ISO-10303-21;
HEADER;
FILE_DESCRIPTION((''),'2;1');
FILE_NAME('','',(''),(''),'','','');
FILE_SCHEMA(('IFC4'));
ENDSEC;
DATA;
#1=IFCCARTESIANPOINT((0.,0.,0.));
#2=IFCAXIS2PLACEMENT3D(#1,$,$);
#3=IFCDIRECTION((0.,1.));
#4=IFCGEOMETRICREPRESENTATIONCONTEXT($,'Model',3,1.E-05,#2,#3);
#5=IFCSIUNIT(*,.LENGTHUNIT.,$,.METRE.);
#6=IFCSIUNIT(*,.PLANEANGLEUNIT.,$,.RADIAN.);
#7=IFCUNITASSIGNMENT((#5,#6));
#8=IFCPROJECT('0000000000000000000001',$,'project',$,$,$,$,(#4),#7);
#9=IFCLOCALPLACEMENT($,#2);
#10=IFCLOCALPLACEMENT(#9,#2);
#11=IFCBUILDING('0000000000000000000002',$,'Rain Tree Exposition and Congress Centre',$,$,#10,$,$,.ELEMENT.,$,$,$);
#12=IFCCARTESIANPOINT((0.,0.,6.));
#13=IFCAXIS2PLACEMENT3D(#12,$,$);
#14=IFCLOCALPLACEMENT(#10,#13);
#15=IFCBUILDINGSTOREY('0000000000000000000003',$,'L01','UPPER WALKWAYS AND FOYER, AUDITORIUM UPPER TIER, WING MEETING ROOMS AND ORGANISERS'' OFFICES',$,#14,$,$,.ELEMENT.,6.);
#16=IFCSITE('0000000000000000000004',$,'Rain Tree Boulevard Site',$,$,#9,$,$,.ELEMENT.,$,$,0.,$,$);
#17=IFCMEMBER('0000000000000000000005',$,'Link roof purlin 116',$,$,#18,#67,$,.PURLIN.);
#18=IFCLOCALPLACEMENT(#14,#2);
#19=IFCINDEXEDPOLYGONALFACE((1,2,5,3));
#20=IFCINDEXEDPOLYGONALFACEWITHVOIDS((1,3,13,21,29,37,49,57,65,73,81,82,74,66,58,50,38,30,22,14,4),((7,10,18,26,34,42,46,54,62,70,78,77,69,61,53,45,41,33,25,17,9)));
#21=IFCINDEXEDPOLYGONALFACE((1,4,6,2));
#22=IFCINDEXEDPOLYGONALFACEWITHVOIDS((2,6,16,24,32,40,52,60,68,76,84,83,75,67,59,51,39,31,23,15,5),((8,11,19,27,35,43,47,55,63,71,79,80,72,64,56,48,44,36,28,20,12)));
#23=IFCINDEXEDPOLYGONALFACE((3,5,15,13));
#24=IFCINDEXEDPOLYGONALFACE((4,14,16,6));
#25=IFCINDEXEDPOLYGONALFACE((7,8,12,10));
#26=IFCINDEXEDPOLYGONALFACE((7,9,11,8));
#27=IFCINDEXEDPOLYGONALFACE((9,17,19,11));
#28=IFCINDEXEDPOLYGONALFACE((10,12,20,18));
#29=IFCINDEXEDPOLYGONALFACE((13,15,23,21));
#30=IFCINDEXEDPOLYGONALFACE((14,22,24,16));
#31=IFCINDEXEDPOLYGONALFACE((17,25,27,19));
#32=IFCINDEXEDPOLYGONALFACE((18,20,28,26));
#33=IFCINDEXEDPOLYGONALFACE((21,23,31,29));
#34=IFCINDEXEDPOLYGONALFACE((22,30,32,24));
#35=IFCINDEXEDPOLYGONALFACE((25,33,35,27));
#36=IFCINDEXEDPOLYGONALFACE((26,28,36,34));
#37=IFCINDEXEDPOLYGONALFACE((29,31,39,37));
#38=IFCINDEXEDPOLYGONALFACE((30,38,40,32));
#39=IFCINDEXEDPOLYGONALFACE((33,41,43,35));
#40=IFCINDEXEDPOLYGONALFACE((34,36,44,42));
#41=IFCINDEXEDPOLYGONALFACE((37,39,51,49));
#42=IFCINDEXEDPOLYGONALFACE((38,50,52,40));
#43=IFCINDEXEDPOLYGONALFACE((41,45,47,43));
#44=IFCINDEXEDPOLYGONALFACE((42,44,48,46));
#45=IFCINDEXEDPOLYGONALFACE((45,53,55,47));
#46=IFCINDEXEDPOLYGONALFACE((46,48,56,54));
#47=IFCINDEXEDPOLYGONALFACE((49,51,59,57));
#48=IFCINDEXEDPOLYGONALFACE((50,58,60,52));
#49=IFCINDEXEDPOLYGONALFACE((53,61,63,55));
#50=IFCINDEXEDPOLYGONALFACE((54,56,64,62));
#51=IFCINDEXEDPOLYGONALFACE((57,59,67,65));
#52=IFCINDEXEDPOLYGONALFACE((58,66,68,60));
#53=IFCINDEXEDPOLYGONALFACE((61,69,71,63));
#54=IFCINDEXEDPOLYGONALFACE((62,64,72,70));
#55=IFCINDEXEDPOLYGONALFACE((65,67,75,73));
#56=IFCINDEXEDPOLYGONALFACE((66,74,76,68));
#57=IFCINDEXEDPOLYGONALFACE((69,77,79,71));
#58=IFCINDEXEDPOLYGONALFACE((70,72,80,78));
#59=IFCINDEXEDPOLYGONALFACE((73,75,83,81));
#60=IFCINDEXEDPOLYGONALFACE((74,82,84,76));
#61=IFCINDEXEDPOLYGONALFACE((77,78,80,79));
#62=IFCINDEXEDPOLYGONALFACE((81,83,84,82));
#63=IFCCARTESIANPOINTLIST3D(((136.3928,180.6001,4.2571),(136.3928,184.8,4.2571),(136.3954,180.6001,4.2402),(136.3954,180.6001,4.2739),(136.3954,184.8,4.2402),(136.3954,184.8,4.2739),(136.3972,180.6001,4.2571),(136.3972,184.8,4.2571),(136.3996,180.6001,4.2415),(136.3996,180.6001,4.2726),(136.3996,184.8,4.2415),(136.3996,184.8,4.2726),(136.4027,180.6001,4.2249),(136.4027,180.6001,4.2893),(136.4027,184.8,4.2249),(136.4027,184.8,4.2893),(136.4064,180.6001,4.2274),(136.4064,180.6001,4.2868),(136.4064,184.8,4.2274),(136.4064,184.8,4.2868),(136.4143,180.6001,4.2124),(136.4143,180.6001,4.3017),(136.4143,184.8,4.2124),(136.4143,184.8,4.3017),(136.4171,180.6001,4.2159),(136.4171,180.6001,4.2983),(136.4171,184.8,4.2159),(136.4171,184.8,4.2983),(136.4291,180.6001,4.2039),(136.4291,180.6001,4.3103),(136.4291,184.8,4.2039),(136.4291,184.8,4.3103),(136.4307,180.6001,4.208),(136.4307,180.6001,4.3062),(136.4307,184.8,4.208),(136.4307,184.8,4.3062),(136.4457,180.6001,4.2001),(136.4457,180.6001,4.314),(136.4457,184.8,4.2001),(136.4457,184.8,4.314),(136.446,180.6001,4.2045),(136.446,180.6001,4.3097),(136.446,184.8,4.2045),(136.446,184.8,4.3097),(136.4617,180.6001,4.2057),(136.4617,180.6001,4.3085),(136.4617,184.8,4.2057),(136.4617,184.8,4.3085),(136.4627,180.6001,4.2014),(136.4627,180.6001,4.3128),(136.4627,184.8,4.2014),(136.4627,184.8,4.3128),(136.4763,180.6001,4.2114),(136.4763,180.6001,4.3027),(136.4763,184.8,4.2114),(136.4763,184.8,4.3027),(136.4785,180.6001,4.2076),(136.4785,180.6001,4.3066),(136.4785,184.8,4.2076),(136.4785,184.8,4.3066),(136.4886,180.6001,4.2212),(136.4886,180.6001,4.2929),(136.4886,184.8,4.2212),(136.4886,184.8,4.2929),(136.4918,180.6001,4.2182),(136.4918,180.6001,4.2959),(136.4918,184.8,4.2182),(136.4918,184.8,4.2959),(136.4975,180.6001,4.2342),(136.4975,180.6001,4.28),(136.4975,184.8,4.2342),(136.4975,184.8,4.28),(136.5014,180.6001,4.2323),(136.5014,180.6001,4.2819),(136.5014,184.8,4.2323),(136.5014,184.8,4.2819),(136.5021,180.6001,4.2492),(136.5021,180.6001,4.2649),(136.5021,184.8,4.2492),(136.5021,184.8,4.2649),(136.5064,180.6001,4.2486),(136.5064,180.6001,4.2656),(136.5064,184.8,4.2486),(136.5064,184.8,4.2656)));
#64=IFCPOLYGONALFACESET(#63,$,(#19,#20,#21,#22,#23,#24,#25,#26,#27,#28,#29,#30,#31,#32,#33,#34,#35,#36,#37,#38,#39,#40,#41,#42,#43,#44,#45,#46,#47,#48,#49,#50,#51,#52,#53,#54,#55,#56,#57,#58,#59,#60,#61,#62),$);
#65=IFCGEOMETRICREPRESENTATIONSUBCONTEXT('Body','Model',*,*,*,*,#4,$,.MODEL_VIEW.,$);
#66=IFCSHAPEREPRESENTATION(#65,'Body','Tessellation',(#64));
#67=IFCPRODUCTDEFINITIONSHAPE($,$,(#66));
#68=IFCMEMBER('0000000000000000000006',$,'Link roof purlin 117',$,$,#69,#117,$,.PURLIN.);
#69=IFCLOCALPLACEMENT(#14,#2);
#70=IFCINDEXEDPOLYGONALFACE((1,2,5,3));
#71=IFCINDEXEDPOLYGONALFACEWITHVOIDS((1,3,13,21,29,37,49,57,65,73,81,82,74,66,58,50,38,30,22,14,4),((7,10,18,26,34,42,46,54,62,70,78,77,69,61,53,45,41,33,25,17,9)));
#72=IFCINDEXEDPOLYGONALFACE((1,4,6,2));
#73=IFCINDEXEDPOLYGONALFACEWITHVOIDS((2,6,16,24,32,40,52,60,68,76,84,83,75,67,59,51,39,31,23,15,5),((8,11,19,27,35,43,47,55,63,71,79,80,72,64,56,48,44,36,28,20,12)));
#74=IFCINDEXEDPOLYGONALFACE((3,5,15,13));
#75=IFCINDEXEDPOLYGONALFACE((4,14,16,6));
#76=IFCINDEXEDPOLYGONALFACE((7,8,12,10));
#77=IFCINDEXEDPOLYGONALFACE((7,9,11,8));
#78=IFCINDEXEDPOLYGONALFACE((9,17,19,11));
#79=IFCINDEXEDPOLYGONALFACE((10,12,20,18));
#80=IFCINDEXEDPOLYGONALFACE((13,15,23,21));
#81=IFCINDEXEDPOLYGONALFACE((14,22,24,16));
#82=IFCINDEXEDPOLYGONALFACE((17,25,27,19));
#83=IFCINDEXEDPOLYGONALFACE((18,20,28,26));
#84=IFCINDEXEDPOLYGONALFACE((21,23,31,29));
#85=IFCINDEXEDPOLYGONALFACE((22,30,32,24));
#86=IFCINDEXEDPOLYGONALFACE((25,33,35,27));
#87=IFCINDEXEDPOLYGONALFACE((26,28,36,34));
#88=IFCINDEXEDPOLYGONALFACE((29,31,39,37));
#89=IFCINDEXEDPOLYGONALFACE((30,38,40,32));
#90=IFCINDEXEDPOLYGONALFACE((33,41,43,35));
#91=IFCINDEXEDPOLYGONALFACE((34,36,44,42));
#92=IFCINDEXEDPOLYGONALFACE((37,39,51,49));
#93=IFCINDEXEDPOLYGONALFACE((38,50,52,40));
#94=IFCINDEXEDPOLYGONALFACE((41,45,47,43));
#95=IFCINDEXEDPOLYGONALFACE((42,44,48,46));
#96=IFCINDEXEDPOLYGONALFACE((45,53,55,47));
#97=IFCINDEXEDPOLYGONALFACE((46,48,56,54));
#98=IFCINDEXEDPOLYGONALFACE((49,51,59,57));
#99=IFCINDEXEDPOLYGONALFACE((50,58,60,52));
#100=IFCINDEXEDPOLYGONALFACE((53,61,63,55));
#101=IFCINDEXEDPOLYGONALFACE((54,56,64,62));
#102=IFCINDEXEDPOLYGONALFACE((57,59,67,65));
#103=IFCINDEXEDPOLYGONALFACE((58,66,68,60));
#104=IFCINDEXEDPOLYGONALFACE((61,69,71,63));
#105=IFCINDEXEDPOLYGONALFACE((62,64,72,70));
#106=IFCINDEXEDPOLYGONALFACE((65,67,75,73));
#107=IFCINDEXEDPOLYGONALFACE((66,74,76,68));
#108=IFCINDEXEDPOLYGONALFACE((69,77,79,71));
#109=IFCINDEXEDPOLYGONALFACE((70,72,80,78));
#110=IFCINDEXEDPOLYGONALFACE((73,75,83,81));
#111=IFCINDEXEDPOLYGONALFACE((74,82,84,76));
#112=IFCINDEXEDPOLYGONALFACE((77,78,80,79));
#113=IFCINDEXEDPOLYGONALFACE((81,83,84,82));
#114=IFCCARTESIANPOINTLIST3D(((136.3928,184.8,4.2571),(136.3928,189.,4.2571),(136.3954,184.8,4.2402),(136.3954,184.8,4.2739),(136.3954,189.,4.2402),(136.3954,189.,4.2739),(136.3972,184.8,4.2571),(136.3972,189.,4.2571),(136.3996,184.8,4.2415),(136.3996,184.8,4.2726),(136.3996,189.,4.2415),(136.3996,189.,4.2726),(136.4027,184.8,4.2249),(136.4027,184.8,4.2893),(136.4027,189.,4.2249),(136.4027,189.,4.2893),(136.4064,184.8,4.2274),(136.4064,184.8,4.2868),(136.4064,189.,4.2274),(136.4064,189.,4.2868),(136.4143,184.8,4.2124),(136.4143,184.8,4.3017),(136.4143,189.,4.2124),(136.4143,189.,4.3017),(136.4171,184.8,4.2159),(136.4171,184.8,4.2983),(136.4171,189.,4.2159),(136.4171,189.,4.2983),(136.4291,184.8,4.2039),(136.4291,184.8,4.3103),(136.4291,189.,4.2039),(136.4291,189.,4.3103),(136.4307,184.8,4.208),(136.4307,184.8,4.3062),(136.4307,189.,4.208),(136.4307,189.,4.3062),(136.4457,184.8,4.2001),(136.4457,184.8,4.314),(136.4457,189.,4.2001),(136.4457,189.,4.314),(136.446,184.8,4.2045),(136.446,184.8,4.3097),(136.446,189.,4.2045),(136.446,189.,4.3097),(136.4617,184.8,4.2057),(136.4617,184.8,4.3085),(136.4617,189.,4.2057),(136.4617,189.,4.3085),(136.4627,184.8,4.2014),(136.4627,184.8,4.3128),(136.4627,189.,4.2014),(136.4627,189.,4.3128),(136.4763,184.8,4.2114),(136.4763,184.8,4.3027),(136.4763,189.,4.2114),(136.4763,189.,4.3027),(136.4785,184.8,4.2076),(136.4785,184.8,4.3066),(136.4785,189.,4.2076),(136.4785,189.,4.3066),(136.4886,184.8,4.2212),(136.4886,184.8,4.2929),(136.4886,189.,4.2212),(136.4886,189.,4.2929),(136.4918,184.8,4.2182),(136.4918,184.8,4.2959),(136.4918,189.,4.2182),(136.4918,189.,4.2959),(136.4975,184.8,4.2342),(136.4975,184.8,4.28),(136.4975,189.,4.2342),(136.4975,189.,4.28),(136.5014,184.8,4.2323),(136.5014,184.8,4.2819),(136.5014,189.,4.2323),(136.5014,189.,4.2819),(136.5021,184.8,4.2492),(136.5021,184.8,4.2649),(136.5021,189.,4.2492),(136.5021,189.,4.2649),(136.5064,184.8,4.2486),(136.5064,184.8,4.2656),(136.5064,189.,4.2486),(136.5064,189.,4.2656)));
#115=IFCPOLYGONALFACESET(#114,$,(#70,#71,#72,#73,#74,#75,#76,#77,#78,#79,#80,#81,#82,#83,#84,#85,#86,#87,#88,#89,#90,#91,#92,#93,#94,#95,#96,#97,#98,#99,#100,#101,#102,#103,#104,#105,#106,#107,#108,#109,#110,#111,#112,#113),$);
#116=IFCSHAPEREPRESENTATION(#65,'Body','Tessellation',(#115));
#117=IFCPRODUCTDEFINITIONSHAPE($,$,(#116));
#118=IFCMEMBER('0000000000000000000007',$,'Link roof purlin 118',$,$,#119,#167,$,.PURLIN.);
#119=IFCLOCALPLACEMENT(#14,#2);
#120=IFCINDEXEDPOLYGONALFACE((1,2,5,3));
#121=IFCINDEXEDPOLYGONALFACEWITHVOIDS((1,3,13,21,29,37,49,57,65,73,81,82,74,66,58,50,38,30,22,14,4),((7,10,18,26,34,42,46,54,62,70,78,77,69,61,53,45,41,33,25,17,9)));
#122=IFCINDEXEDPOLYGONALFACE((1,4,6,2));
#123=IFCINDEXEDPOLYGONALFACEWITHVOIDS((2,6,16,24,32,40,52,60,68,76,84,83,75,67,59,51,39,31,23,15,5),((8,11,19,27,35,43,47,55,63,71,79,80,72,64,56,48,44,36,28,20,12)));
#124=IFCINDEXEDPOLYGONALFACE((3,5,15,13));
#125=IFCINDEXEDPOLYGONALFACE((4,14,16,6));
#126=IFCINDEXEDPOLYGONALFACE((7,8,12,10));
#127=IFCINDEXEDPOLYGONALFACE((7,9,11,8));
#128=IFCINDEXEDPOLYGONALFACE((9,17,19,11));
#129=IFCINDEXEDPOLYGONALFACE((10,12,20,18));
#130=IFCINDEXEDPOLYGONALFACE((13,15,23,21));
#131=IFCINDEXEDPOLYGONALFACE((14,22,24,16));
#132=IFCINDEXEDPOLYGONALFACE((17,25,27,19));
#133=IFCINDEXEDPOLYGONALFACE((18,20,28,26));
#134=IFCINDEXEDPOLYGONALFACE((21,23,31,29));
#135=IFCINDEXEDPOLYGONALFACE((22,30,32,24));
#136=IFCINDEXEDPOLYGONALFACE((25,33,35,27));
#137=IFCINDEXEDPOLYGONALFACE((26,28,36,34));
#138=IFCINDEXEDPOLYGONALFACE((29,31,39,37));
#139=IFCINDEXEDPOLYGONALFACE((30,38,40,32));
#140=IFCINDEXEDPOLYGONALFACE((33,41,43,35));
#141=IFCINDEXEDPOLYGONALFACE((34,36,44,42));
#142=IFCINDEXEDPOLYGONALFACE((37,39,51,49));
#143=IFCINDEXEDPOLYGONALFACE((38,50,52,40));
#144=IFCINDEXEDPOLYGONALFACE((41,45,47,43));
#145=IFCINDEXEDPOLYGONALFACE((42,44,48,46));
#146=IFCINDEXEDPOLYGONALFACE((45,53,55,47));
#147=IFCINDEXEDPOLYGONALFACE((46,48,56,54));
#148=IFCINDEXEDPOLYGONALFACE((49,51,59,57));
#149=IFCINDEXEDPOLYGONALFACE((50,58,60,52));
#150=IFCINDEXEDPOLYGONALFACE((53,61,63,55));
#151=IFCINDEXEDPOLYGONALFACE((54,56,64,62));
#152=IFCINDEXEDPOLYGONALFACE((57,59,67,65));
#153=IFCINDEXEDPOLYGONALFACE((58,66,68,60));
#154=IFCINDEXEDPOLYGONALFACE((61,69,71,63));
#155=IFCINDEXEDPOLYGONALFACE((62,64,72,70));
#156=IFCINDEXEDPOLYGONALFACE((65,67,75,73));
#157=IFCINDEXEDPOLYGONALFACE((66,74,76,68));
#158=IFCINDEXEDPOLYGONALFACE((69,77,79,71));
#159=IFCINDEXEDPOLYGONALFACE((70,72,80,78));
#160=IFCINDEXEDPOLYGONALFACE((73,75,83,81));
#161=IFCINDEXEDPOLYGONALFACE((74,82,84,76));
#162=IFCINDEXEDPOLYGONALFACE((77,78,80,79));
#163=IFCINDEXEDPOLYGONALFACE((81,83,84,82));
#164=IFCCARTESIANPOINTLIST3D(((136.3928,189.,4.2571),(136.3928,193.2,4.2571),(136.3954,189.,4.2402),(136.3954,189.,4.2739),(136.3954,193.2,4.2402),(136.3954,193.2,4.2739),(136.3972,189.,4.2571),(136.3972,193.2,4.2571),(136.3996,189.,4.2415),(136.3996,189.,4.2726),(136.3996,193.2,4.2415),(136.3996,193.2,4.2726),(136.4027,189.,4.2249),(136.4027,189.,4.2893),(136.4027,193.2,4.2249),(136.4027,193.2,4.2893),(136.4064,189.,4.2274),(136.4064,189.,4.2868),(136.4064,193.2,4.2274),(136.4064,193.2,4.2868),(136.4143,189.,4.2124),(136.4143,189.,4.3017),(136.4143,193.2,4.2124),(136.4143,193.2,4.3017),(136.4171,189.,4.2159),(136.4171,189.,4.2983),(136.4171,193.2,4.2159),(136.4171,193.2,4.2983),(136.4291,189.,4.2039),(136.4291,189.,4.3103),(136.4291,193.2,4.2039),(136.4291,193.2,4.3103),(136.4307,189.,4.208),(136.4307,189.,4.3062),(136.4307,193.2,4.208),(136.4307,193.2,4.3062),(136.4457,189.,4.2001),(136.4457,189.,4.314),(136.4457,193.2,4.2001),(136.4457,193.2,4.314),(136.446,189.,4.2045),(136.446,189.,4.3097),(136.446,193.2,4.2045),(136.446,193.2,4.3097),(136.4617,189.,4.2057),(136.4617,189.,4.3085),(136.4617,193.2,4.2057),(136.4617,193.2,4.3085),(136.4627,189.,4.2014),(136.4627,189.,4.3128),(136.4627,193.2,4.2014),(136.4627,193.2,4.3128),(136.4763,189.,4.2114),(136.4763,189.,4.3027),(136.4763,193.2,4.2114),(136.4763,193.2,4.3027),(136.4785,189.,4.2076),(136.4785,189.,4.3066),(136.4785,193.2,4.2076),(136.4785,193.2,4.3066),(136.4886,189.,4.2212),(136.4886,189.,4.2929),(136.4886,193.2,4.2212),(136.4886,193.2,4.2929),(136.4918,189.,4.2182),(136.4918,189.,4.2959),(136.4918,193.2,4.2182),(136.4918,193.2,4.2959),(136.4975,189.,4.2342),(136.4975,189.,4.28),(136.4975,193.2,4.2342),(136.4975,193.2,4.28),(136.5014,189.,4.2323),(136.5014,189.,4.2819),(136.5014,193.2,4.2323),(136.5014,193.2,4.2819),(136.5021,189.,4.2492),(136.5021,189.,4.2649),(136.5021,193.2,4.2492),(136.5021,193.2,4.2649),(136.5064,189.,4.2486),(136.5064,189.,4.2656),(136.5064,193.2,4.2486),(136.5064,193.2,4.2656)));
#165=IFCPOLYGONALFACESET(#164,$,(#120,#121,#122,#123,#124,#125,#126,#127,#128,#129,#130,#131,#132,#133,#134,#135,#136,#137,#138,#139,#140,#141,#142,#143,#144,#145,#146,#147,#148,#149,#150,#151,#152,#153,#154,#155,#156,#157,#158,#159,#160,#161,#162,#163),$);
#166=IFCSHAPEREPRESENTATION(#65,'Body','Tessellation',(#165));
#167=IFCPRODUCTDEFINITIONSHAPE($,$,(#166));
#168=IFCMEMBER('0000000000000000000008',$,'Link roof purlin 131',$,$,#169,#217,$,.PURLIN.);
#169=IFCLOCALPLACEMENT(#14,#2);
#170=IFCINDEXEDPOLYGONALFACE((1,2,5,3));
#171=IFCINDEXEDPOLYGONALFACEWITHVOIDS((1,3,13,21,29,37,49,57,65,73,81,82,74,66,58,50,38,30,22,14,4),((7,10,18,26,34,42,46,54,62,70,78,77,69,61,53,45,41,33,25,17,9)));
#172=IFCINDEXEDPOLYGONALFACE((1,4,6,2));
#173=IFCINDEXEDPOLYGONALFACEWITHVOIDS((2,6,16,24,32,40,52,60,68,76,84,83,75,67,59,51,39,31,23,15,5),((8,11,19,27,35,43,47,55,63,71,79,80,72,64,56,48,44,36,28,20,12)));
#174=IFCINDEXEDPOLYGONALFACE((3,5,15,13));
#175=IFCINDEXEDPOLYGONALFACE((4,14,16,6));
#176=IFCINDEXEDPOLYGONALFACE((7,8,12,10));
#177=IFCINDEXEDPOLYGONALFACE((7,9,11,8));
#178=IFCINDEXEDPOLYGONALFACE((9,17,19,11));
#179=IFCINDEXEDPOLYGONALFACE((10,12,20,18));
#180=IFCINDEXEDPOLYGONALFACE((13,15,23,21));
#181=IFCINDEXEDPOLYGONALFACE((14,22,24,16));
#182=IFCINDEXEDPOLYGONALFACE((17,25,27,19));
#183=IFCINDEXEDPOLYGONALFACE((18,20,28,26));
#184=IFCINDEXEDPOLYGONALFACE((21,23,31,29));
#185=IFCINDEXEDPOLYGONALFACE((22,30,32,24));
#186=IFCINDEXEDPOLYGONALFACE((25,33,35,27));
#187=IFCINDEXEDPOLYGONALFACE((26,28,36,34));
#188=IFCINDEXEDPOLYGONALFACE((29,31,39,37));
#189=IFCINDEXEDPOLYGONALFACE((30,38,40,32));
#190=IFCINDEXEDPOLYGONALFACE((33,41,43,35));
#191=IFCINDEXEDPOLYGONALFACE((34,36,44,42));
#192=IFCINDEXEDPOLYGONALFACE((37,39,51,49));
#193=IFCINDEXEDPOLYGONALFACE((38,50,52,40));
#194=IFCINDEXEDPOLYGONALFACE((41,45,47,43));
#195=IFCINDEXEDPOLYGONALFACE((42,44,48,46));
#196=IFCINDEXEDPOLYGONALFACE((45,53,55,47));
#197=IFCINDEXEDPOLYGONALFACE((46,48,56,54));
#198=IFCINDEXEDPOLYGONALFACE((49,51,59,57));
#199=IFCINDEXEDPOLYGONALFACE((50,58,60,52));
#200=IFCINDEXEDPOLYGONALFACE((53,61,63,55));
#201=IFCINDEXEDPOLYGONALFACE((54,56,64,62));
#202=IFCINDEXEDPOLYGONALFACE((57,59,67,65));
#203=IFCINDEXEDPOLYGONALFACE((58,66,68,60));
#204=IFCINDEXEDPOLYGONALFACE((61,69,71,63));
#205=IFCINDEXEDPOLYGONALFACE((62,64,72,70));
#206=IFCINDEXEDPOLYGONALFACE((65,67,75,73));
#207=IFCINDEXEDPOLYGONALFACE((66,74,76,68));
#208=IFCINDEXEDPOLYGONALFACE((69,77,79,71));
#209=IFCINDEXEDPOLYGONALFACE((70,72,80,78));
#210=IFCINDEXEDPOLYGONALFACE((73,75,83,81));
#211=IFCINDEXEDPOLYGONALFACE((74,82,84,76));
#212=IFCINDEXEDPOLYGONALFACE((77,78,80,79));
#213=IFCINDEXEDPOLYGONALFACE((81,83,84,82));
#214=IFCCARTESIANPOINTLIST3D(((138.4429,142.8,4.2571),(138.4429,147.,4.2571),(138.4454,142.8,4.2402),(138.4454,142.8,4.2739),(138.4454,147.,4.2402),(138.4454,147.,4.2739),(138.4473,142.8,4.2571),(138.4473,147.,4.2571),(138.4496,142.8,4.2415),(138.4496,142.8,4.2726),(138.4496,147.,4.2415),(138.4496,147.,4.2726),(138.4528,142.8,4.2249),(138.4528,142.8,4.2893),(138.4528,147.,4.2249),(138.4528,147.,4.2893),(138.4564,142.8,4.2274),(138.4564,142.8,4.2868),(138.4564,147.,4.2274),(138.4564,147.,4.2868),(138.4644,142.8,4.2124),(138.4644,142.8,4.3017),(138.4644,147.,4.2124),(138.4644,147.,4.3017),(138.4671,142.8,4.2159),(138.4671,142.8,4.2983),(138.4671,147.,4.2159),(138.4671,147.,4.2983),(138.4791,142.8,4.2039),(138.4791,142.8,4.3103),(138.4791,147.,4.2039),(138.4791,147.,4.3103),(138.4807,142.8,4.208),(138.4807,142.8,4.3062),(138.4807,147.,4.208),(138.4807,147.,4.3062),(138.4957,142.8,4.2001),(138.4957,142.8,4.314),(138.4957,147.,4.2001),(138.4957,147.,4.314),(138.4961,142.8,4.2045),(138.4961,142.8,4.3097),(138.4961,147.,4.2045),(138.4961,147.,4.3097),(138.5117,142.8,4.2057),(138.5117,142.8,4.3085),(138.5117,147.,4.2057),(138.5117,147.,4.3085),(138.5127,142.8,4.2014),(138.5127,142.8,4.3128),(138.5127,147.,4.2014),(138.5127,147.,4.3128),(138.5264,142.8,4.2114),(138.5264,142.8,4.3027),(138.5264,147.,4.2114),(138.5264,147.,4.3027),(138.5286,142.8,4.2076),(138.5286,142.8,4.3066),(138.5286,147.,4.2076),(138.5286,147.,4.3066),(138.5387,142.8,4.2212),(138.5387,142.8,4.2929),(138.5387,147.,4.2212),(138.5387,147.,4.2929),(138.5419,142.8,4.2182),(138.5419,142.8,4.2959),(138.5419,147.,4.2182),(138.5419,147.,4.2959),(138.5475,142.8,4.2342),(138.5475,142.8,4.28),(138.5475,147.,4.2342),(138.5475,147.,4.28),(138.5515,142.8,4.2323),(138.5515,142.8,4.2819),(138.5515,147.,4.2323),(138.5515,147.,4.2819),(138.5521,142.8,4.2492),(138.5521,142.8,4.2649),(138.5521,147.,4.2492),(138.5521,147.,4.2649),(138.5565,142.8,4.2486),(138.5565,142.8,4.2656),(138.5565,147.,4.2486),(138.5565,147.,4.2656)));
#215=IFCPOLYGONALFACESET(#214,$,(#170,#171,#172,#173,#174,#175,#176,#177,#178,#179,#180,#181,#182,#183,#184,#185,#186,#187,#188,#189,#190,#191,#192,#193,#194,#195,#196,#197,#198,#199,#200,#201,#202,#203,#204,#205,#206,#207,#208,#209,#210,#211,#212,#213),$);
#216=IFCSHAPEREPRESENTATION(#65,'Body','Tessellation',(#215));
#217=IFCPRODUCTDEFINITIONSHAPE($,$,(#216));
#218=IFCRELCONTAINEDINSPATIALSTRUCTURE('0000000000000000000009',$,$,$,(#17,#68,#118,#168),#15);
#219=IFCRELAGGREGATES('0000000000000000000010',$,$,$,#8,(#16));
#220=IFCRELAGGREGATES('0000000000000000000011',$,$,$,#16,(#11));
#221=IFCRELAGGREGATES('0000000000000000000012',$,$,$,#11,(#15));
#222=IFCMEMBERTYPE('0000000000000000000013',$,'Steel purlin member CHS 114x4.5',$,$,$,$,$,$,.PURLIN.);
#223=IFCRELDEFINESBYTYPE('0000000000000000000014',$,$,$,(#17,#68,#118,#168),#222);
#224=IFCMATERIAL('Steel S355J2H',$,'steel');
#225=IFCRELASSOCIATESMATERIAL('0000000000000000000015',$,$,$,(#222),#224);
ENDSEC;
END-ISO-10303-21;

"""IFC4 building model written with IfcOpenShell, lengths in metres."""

from ifc_helpers import new_model, si_unit, direction, frame, origin, origin_2d, place, context, subcontext, project, spatial, hollow_circle, extrude, material, material_profile, profile_set, type_object, element, save


model = new_model("IFC4")

# Units and contexts
model_context = context("Model", 3, precision=1e-05, world=origin(), true_north=direction((0.0, 1.0)))
body_context = subcontext(model_context, "Body", "Model", "MODEL_VIEW")
ifc_project = project(units=[si_unit("LENGTHUNIT", "METRE"), si_unit("PLANEANGLEUNIT", "RADIAN")], contexts=[model_context])

# Site, building, storey
site_placement = place(None, origin())
site = spatial("IfcSite", under=ifc_project, at=site_placement, Name="Rain Tree Boulevard Site", CompositionType="ELEMENT", RefElevation=0.0)
building_placement = place(site_placement, origin())
building = spatial("IfcBuilding", under=site, at=building_placement, Name="Rain Tree Exposition and Congress Centre", CompositionType="ELEMENT")
storey_placement = place(building_placement, frame((0.0, 0.0, 6.0)))
storey = spatial("IfcBuildingStorey", under=building, at=storey_placement, Name="L01", Description="UPPER WALKWAYS AND FOYER, AUDITORIUM UPPER TIER, WING MEETING ROOMS AND ORGANISERS' OFFICES", CompositionType="ELEMENT", Elevation=6.0)

# Members
ifc_material_1 = material(Name="Steel S355J2H", Category="steel")
ifc_material_profile = material_profile(ifc_material_1, hollow_circle(Radius=0.0571, WallThickness=0.0044, at=origin_2d()), Name="CHS 114x4.5")
ifc_profile_set = profile_set([ifc_material_profile], Name="Steel S355J2H")
member_type = type_object("IfcMemberType", Name="Steel purlin member CHS 114x4.5", PredefinedType="PURLIN", material=ifc_profile_set)
for number, where, z_axis, x_axis, name in (
    (1, (136.45, 180.6001, 4.2571), (0.0, 1.0, 0.0), (-1.0, 0.0, 0.0), "Link roof purlin 116"),
    (2, (136.45, 184.8, 4.2571), (0.0, 1.0, 0.0), (-1.0, 0.0, 0.0), "Link roof purlin 117"),
    (3, (136.45, 189.0, 4.2571), (0.0, 1.0, 0.0), (-1.0, 0.0, 0.0), "Link roof purlin 118"),
    (4, (138.5, 142.8, 4.2571), (0.0, 1.0, 0.0), (-1.0, 0.0, 0.0), "Link roof purlin 131"),
):
    element("IfcMember", number, at=place(storey_placement, frame(where, z_axis=z_axis, x_axis=x_axis)), inside=storey, type_object=member_type, Name=name, PredefinedType="PURLIN", context=body_context, shape_type="SweptSolid", body=[
        extrude(hollow_circle(Radius=0.0571, WallThickness=0.0044, at=origin_2d()), origin(), (0.0, 0.0, 1.0), 4.2),
    ])

save(model, "model.ifc")
